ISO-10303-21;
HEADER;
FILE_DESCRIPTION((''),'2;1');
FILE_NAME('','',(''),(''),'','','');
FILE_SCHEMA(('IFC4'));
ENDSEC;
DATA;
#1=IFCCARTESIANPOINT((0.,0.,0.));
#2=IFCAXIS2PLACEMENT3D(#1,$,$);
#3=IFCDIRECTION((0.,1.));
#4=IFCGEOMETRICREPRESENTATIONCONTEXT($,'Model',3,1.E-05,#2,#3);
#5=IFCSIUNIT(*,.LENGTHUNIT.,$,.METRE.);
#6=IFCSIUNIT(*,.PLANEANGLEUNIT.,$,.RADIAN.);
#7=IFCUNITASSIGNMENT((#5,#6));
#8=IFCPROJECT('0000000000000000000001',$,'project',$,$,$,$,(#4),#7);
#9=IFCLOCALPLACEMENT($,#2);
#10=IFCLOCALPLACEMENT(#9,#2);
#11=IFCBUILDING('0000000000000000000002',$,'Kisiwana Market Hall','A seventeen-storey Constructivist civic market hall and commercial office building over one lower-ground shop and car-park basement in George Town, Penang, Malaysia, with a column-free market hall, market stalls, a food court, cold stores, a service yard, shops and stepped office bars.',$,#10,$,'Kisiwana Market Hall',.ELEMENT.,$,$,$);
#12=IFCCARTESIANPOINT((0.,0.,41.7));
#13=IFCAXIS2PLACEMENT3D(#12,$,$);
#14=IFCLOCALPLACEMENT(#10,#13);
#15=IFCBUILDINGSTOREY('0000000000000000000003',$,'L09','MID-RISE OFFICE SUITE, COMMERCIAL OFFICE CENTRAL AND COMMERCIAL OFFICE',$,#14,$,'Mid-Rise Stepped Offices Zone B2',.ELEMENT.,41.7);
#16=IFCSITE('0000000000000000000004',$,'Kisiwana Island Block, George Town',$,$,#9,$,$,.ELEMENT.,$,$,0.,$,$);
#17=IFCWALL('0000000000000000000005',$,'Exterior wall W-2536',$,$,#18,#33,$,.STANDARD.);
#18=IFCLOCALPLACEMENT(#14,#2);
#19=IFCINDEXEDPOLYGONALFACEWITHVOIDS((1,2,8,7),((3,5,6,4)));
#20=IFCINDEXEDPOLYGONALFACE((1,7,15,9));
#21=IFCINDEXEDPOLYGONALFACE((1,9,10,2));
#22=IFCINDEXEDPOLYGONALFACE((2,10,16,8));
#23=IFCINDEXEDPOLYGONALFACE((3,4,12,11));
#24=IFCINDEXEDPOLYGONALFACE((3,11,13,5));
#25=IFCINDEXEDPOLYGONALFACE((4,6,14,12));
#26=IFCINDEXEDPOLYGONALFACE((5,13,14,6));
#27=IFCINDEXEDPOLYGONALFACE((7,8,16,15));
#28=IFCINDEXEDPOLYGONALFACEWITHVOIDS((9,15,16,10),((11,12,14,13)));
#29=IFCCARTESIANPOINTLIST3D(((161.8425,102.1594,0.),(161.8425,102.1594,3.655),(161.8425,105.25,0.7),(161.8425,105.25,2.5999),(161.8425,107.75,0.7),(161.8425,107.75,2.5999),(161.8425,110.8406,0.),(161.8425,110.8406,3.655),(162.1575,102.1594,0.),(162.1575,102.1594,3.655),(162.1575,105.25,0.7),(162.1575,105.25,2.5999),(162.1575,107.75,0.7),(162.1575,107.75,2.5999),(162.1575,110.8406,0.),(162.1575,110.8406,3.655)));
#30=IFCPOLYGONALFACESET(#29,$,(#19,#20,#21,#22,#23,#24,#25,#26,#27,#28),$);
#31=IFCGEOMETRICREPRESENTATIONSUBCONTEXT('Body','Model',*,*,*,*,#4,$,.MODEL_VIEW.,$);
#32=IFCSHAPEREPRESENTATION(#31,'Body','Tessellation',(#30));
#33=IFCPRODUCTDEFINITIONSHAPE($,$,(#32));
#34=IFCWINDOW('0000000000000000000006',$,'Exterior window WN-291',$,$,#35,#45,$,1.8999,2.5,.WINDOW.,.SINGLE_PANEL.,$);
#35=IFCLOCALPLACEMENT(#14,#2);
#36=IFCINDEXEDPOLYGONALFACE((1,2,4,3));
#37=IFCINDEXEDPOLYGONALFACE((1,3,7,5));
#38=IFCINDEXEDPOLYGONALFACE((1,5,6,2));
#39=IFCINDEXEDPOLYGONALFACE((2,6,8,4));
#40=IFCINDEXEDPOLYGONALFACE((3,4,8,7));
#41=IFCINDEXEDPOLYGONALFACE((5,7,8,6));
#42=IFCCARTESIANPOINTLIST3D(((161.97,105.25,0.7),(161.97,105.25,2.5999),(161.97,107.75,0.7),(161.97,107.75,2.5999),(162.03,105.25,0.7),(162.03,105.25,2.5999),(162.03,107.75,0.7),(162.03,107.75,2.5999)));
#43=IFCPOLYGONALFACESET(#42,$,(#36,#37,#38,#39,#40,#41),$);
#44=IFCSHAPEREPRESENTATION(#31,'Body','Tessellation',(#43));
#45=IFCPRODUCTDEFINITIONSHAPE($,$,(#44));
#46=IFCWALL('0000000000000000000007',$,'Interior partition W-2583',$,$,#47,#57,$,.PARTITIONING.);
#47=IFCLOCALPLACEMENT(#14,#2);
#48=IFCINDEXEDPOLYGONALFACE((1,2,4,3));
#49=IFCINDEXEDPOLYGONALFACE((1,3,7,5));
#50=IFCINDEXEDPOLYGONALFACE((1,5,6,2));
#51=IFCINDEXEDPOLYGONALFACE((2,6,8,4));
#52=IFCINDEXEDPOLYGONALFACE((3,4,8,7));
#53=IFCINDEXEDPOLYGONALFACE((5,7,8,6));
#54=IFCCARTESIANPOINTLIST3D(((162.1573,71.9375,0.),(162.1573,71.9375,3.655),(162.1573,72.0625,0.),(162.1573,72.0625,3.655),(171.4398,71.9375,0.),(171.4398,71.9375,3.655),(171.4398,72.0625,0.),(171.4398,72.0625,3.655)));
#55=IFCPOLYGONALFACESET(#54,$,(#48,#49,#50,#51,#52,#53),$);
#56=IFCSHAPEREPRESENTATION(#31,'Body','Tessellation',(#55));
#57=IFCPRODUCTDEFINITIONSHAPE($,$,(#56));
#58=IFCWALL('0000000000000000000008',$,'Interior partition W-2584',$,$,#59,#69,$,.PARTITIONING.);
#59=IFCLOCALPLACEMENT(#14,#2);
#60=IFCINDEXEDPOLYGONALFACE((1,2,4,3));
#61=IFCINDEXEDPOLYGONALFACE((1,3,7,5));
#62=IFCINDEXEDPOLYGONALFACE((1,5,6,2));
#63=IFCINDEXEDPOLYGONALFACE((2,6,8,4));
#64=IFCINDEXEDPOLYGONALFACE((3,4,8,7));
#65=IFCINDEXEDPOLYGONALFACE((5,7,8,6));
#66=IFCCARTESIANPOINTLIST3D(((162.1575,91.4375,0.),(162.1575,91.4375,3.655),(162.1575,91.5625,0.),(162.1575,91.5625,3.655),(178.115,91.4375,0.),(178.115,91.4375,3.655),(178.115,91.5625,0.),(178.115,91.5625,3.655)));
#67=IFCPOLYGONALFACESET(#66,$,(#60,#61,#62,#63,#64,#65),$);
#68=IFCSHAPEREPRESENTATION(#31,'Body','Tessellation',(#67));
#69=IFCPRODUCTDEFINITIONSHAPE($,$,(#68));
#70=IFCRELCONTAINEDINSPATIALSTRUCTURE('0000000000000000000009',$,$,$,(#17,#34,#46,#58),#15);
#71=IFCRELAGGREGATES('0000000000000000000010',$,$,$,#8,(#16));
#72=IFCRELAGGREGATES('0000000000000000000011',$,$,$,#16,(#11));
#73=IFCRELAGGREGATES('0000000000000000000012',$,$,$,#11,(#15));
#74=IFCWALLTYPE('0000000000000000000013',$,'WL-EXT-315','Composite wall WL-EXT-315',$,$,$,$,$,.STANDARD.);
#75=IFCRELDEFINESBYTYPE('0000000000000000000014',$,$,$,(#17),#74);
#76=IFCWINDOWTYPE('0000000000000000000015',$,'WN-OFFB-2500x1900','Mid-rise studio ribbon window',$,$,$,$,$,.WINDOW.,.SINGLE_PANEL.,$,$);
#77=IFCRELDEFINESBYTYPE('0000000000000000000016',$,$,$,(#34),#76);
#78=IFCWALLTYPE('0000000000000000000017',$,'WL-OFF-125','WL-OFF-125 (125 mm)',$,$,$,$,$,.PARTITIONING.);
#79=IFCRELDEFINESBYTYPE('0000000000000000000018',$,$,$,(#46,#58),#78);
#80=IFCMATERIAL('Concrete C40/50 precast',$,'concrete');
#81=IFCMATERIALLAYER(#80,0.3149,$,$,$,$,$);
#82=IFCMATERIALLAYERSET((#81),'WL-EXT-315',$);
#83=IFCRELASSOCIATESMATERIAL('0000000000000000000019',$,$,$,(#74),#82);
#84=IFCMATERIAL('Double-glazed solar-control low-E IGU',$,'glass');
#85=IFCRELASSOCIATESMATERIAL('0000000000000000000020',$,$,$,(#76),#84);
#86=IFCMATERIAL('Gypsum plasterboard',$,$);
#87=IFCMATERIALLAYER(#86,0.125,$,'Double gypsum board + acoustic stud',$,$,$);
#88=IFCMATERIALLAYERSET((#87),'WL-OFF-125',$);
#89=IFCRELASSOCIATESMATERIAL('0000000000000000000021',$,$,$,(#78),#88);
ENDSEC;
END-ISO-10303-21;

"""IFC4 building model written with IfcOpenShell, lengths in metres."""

from ifc_helpers import new_model, si_unit, direction, frame, frame_2d, origin, place, context, subcontext, project, spatial, rectangle, extrude, material, layer, layer_set, type_object, element, fill, save


model = new_model("IFC4")

# Units and contexts
model_context = context("Model", 3, precision=1e-05, world=origin(), true_north=direction((0.0, 1.0)))
body_context = subcontext(model_context, "Body", "Model", "MODEL_VIEW")
ifc_project = project(units=[si_unit("LENGTHUNIT", "METRE"), si_unit("PLANEANGLEUNIT", "RADIAN")], contexts=[model_context])

# Site, building, storey
site_placement = place(None, origin())
site = spatial("IfcSite", under=ifc_project, at=site_placement, Name="Kisiwana Island Block, George Town", CompositionType="ELEMENT", RefElevation=0.0)
building_placement = place(site_placement, origin())
building = spatial("IfcBuilding", under=site, at=building_placement, Name="Kisiwana Market Hall", Description="A seventeen-storey Constructivist civic market hall and commercial office building over one lower-ground shop and car-park basement in George Town, Penang, Malaysia, with a column-free market hall, market stalls, a food court, cold stores, a service yard, shops and stepped office bars.", LongName="Kisiwana Market Hall", CompositionType="ELEMENT")
storey_placement = place(building_placement, frame((0.0, 0.0, 41.7)))
storey = spatial("IfcBuildingStorey", under=building, at=storey_placement, Name="L09", Description="MID-RISE OFFICE SUITE, COMMERCIAL OFFICE CENTRAL AND COMMERCIAL OFFICE", LongName="Mid-Rise Stepped Offices Zone B2", CompositionType="ELEMENT", Elevation=41.7)

# Wall, opening, window
ifc_material_1 = material(Name="Concrete C40/50 precast", Category="concrete")
ifc_layer_1 = layer(ifc_material_1, 0.3149)
ifc_layer_set_1 = layer_set([ifc_layer_1], Name="WL-EXT-315")
wall_type_1 = type_object("IfcWallType", Name="WL-EXT-315", Description="Composite wall WL-EXT-315", PredefinedType="STANDARD", material=ifc_layer_set_1)
ifc_material_2 = material(Name="Double-glazed solar-control low-E IGU", Category="glass")
window_type_1 = type_object("IfcWindowType", Name="WN-OFFB-2500x1900", Description="Mid-rise studio ribbon window", PartitioningType="SINGLE_PANEL", PredefinedType="WINDOW", material=ifc_material_2)
wall_1_placement = place(storey_placement, frame((162.0, 102.1594, 0.0), z_axis=(0.0, 0.0, 1.0), x_axis=(0.0, 1.0, 0.0)))
wall_1 = element("IfcWall", 1, at=wall_1_placement, inside=storey, type_object=wall_type_1, Name="Exterior wall W-2536", PredefinedType="STANDARD", context=body_context, shape_type="SweptSolid", body=[
    extrude(rectangle(XDim=8.6812, YDim=0.3149, at=frame_2d((4.3406, 0.0))), origin(), (0.0, 0.0, 1.0), 3.655),
])
opening_1_placement = place(wall_1_placement, frame((3.0906, 0.0, 0.7)))
opening_1 = element("IfcOpeningElement", 2, at=opening_1_placement, cuts=wall_1, PredefinedType="OPENING", context=body_context, shape_type="SweptSolid", body=[
    extrude(rectangle(XDim=2.5, YDim=1.8999, at=frame_2d((1.25, 0.95))), frame((0.0, 0.1694, 0.0), z_axis=(0.0, -1.0, 0.0), x_axis=(1.0, 0.0, 0.0)), (0.0, 0.0, 1.0), 0.3389),
])
window_1_placement = place(opening_1_placement, origin())
window_1 = element("IfcWindow", 3, at=window_1_placement, inside=storey, type_object=window_type_1, Name="Exterior window WN-291", OverallHeight=1.8999, OverallWidth=2.5, PartitioningType="SINGLE_PANEL", PredefinedType="WINDOW", context=body_context, shape_type="SweptSolid", body=[
    extrude(rectangle(XDim=2.5, YDim=1.8999, at=frame_2d((1.25, 0.95))), frame((0.0, 0.03, 0.0), z_axis=(0.0, -1.0, 0.0), x_axis=(1.0, 0.0, 0.0)), (0.0, 0.0, 1.0), 0.0601),
])
fill(opening_1, window_1)

# Walls
ifc_material_3 = material(Name="Gypsum plasterboard")
ifc_layer_2 = layer(ifc_material_3, 0.125, Name="Double gypsum board + acoustic stud")
ifc_layer_set_2 = layer_set([ifc_layer_2], Name="WL-OFF-125")
wall_type_2 = type_object("IfcWallType", Name="WL-OFF-125", Description="WL-OFF-125 (125 mm)", PredefinedType="PARTITIONING", material=ifc_layer_set_2)
wall_2_placement = place(storey_placement, frame((162.1575, 72.0, 0.0), z_axis=(0.0, 0.0, 1.0), x_axis=(1.0, 0.0, 0.0)))
element("IfcWall", 4, at=wall_2_placement, inside=storey, type_object=wall_type_2, Name="Interior partition W-2583", PredefinedType="PARTITIONING", context=body_context, shape_type="SweptSolid", body=[
    extrude(rectangle(XDim=9.2825, YDim=0.125, at=frame_2d((4.6411, 0.0))), origin(), (0.0, 0.0, 1.0), 3.655),
])
wall_3_placement = place(storey_placement, frame((162.1575, 91.5, 0.0), z_axis=(0.0, 0.0, 1.0), x_axis=(1.0, 0.0, 0.0)))
element("IfcWall", 5, at=wall_3_placement, inside=storey, type_object=wall_type_2, Name="Interior partition W-2584", PredefinedType="PARTITIONING", context=body_context, shape_type="SweptSolid", body=[
    extrude(rectangle(XDim=15.9575, YDim=0.125, at=frame_2d((7.9788, 0.0))), origin(), (0.0, 0.0, 1.0), 3.655),
])

save(model, "model.ifc")
